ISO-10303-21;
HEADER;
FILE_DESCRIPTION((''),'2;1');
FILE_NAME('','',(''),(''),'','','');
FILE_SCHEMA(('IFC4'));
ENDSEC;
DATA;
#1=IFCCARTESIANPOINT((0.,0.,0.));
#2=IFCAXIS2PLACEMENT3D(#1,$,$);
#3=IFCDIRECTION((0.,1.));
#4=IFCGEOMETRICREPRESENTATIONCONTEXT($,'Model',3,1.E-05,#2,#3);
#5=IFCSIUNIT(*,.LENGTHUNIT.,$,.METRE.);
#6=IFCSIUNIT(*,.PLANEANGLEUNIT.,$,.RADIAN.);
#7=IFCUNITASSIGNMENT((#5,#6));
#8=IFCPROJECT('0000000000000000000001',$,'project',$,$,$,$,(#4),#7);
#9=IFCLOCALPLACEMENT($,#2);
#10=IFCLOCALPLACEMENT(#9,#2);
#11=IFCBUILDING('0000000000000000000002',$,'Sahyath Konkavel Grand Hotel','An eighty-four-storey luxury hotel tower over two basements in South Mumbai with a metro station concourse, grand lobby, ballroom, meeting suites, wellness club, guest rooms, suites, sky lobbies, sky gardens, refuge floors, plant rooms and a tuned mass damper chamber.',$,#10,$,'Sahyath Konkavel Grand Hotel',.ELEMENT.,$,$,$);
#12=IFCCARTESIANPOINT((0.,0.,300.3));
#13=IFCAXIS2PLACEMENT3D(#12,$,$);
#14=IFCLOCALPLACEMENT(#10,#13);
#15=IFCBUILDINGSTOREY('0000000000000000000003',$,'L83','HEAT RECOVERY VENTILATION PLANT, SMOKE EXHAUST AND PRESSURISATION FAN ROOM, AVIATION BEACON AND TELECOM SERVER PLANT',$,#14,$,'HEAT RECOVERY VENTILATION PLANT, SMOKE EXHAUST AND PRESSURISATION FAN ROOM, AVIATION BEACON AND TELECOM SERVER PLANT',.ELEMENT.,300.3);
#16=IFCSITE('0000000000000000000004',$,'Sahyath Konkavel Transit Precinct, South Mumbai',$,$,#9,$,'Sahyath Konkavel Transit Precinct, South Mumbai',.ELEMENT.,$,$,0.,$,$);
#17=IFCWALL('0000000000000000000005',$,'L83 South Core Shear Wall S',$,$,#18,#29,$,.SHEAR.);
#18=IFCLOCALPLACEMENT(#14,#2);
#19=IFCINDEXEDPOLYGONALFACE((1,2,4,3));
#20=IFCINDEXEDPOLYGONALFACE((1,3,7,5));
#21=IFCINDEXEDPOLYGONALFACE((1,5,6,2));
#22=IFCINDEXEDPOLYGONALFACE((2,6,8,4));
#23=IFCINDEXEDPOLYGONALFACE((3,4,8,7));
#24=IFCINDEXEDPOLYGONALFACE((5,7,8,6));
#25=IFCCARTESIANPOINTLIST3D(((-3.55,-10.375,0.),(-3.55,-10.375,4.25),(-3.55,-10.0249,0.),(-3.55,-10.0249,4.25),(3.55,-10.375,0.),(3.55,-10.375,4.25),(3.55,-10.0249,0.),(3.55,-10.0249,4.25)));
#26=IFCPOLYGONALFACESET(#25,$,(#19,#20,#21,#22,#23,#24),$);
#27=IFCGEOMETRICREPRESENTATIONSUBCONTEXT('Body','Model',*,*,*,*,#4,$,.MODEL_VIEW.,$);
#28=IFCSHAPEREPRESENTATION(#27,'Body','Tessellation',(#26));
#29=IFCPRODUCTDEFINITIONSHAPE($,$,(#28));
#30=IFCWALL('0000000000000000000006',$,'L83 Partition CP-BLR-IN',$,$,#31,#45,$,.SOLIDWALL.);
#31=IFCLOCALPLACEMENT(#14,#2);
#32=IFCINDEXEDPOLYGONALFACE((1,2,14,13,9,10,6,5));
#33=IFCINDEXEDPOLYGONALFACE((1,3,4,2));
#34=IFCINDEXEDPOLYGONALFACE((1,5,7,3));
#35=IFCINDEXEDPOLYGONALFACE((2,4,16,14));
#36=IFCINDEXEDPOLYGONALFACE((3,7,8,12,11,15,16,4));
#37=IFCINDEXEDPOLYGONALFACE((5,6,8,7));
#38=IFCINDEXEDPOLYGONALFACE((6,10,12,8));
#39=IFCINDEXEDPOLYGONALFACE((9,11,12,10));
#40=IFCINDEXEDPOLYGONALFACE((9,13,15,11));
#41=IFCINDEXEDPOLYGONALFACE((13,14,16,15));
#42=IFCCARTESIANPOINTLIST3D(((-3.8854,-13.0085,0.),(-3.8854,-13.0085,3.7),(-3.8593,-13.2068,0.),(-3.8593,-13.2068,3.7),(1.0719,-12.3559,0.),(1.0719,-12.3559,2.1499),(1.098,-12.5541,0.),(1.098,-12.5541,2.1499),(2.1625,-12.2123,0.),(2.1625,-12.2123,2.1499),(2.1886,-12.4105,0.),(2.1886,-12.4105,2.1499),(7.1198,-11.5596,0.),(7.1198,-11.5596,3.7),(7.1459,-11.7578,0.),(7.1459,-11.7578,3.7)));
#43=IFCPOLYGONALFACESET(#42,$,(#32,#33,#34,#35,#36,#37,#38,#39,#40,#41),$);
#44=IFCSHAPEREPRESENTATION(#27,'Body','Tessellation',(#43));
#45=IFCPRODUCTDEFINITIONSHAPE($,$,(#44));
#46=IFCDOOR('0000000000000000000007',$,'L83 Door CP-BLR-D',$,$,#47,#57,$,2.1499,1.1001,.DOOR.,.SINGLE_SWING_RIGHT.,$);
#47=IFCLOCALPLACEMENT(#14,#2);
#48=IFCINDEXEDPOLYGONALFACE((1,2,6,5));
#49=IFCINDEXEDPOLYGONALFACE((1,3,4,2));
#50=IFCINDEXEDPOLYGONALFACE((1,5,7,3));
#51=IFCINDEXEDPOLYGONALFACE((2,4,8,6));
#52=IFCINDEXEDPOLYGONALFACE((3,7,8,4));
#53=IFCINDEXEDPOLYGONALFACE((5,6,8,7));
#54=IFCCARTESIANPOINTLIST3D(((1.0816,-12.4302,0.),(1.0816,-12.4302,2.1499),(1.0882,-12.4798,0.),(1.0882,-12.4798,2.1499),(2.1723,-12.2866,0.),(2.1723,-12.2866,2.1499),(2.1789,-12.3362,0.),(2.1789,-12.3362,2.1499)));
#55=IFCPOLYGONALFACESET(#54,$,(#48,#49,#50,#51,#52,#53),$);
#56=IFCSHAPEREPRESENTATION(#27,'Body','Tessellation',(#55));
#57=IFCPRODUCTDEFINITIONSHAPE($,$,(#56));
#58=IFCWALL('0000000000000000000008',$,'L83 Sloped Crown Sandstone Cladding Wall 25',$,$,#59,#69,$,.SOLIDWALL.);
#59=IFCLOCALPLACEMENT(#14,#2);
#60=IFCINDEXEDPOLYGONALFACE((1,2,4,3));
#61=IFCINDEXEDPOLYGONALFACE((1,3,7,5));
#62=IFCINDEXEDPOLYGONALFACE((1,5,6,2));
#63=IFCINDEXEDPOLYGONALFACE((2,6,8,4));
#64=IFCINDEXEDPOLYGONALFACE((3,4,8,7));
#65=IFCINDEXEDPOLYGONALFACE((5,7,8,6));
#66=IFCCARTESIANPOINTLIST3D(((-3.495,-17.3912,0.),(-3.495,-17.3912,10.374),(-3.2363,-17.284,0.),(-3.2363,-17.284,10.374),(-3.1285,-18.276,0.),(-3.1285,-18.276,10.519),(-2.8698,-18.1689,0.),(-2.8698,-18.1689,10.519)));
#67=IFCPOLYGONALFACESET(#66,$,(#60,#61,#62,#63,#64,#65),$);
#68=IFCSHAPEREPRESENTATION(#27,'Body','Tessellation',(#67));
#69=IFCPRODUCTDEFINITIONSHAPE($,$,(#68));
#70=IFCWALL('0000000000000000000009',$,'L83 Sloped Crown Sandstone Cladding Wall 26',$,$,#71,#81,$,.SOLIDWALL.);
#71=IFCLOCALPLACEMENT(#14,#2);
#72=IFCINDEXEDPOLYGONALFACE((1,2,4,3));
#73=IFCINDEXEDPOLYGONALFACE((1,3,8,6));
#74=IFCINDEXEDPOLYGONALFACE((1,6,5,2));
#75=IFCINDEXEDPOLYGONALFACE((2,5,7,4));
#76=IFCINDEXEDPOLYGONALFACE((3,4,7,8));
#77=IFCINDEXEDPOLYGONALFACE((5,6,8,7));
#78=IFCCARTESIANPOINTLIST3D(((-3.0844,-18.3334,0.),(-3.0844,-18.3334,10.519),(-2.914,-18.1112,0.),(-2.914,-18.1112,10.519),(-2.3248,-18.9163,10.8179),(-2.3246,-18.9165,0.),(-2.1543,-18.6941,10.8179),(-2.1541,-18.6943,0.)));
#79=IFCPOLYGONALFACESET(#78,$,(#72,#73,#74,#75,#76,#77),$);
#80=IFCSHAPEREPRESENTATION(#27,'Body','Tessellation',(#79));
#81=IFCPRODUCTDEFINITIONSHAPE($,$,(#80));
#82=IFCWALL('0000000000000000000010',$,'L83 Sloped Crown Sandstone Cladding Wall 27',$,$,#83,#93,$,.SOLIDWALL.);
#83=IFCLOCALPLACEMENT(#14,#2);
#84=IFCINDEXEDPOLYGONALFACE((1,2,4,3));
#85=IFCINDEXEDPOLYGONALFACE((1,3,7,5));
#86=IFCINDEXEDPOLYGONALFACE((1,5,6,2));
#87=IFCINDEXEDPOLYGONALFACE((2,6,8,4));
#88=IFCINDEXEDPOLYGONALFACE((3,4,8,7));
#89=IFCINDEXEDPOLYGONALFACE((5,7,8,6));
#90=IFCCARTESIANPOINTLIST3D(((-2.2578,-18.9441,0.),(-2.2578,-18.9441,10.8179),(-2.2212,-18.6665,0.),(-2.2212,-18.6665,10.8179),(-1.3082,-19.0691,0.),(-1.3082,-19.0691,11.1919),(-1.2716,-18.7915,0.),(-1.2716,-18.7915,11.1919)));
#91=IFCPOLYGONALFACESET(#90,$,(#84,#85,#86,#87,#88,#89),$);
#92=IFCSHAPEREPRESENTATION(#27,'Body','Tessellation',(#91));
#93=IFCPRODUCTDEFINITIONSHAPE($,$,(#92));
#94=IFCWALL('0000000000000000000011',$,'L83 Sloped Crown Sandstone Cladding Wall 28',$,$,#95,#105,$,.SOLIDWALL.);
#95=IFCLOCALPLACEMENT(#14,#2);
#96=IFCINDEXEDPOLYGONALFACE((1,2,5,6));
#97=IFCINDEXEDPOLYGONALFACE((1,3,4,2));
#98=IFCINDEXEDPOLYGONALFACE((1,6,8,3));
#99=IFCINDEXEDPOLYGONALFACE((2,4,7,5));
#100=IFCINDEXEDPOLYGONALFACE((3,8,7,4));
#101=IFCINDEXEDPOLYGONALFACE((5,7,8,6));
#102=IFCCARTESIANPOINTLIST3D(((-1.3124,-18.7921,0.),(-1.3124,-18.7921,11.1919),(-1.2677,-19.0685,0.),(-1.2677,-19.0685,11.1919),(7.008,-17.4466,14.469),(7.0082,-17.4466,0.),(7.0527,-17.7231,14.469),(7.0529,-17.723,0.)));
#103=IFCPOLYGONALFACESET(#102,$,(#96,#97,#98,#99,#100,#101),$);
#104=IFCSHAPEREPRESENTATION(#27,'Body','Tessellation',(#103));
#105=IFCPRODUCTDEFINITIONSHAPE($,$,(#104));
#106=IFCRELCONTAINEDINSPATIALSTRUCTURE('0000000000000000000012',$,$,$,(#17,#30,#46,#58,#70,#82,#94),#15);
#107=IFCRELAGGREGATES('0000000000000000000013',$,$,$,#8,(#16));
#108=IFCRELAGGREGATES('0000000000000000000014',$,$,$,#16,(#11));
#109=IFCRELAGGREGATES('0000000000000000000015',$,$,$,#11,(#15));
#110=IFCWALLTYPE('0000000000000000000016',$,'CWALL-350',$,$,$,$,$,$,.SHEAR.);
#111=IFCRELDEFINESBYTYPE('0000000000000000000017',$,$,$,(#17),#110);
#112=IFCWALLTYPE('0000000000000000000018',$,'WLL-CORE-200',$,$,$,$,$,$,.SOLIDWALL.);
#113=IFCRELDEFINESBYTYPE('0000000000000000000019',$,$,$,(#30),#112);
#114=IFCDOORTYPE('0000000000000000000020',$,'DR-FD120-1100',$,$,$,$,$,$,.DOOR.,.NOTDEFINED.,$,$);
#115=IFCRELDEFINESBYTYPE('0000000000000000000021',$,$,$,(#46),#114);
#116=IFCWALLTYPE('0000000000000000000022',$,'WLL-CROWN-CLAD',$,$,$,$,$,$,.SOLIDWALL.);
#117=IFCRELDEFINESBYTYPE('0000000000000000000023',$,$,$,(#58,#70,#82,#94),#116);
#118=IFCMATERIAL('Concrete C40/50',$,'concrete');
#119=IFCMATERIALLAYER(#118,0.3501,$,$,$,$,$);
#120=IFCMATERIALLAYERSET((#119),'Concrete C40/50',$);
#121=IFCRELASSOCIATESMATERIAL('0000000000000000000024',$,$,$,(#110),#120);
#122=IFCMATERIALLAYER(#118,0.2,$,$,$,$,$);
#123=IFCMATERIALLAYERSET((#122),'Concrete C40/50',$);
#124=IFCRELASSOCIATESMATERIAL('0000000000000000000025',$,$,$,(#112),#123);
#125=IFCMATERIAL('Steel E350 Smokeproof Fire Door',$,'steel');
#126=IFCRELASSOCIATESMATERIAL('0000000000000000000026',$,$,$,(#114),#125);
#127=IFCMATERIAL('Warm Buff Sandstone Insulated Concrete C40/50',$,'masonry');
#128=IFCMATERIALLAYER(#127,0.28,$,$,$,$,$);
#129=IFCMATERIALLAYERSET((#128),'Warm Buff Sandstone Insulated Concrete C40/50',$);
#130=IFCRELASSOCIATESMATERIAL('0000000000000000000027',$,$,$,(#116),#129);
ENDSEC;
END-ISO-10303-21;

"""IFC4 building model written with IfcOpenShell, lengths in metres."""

from ifc_helpers import new_model, si_unit, direction, frame, frame_2d, origin, origin_2d, place, context, subcontext, project, spatial, polyline, rectangle, outline, extrude, source, transform, mapped, material, layer, layer_set, type_object, element, fill, save


model = new_model("IFC4")

# Units and contexts
model_context = context("Model", 3, precision=1e-05, world=origin(), true_north=direction((0.0, 1.0)))
body_context = subcontext(model_context, "Body", "Model", "MODEL_VIEW")
ifc_project = project(units=[si_unit("LENGTHUNIT", "METRE"), si_unit("PLANEANGLEUNIT", "RADIAN")], contexts=[model_context])

# Site, building, storey
site_placement = place(None, origin())
site = spatial("IfcSite", under=ifc_project, at=site_placement, Name="Sahyath Konkavel Transit Precinct, South Mumbai", LongName="Sahyath Konkavel Transit Precinct, South Mumbai", CompositionType="ELEMENT", RefElevation=0.0)
building_placement = place(site_placement, origin())
building = spatial("IfcBuilding", under=site, at=building_placement, Name="Sahyath Konkavel Grand Hotel", Description="An eighty-four-storey luxury hotel tower over two basements in South Mumbai with a metro station concourse, grand lobby, ballroom, meeting suites, wellness club, guest rooms, suites, sky lobbies, sky gardens, refuge floors, plant rooms and a tuned mass damper chamber.", LongName="Sahyath Konkavel Grand Hotel", CompositionType="ELEMENT")
storey_placement = place(building_placement, frame((0.0, 0.0, 300.3)))
storey = spatial("IfcBuildingStorey", under=building, at=storey_placement, Name="L83", Description="HEAT RECOVERY VENTILATION PLANT, SMOKE EXHAUST AND PRESSURISATION FAN ROOM, AVIATION BEACON AND TELECOM SERVER PLANT", LongName="HEAT RECOVERY VENTILATION PLANT, SMOKE EXHAUST AND PRESSURISATION FAN ROOM, AVIATION BEACON AND TELECOM SERVER PLANT", CompositionType="ELEMENT", Elevation=300.3)

# Shared definitions
ifc_material_1 = material(Name="Concrete C40/50", Category="concrete")

# Wall
ifc_layer_1 = layer(ifc_material_1, 0.3501)
ifc_layer_set_1 = layer_set([ifc_layer_1], Name="Concrete C40/50")
wall_type_1 = type_object("IfcWallType", Name="CWALL-350", PredefinedType="SHEAR", material=ifc_layer_set_1)
wall_1_placement = place(storey_placement, frame((-3.55, -10.2, 0.0), z_axis=(0.0, 0.0, 1.0), x_axis=(1.0, 0.0, 0.0)))
element("IfcWall", 1, at=wall_1_placement, inside=storey, type_object=wall_type_1, Name="L83 South Core Shear Wall S", PredefinedType="SHEAR", context=body_context, shape_type="SweptSolid", body=[
    extrude(rectangle(XDim=7.1001, YDim=0.3501, at=frame_2d((3.55, 0.0))), origin(), (0.0, 0.0, 1.0), 4.25),
])

# Wall, opening, door
ifc_layer_2 = layer(ifc_material_1, 0.2)
ifc_layer_set_2 = layer_set([ifc_layer_2], Name="Concrete C40/50")
wall_type_2 = type_object("IfcWallType", Name="WLL-CORE-200", PredefinedType="SOLIDWALL", material=ifc_layer_set_2)
wall_2_placement = place(storey_placement, frame((-3.8723, -13.1077, 0.0), z_axis=(0.0, 0.0, 1.0), x_axis=(0.991443, 0.130537, 0.0)))
wall_2 = element("IfcWall", 2, at=wall_2_placement, inside=storey, type_object=wall_type_2, Name="L83 Partition CP-BLR-IN", PredefinedType="SOLIDWALL", context=body_context, shape_type="SweptSolid", body=[
    extrude(rectangle(XDim=11.1001, YDim=0.2, at=frame_2d((5.55, 0.0))), origin(), (0.0, 0.0, 1.0), 3.7),
])
opening_placement = place(wall_2_placement, frame((5.0, 0.0, 0.0)))
opening = element("IfcOpeningElement", 3, at=opening_placement, cuts=wall_2, PredefinedType="OPENING", context=body_context, shape_type="SweptSolid", body=[
    extrude(rectangle(XDim=1.1001, YDim=2.1499, at=frame_2d((0.55, 1.075))), frame((0.0, 0.1099, 0.0), z_axis=(0.0, -1.0, 0.0), x_axis=(1.0, 0.0, 0.0)), (0.0, 0.0, 1.0), 0.22),
])
ifc_material_2 = material(Name="Steel E350 Smokeproof Fire Door", Category="steel")
door_type = type_object("IfcDoorType", Name="DR-FD120-1100", OperationType="NOTDEFINED", PredefinedType="DOOR", material=ifc_material_2)
shared_shape_1 = source(origin(), body_context, "Body", "SweptSolid", [
    extrude(rectangle(XDim=1.1001, YDim=0.05, at=origin_2d()), origin(), (0.0, 0.0, 1.0), 2.1499),
])
door_placement = place(opening_placement, frame((0.55, 0.0, 0.0)))
door = element("IfcDoor", 4, at=door_placement, inside=storey, type_object=door_type, Name="L83 Door CP-BLR-D", OperationType="SINGLE_SWING_RIGHT", OverallHeight=2.1499, OverallWidth=1.1001, PredefinedType="DOOR", context=body_context, shape_type="MappedRepresentation", body=[
    mapped(shared_shape_1, transform((0.0, 0.0, 0.0), scale=1.0)),
])
fill(opening, door)

# Walls
ifc_material_3 = material(Name="Warm Buff Sandstone Insulated Concrete C40/50", Category="masonry")
ifc_layer_3 = layer(ifc_material_3, 0.28)
ifc_layer_set_3 = layer_set([ifc_layer_3], Name="Warm Buff Sandstone Insulated Concrete C40/50")
wall_type_3 = type_object("IfcWallType", Name="WLL-CROWN-CLAD", PredefinedType="SOLIDWALL", material=ifc_layer_set_3)
wall_3_placement = place(storey_placement, frame((-3.3657, -17.3376, 0.0), z_axis=(0.0, 0.0, 1.0), x_axis=(0.38266, -0.923889, 0.0)))
element("IfcWall", 5, at=wall_3_placement, inside=storey, type_object=wall_type_3, Name="L83 Sloped Crown Sandstone Cladding Wall 25", PredefinedType="SOLIDWALL", context=body_context, shape_type="SweptSolid", body=[
    extrude(outline(polyline([(0.0, 0.0), (0.9578, 0.0), (0.9578, 10.519), (0.0, 10.374), (0.0, 0.0)])), frame((0.0, 0.1401, 0.0), z_axis=(0.0, -1.0, 0.0), x_axis=(1.0, 0.0, 0.0)), (0.0, 0.0, 1.0), 0.28),
])
wall_4_placement = place(storey_placement, frame((-2.9993, -18.2224, 0.0), z_axis=(0.0, 0.0, 1.0), x_axis=(0.793344, -0.608774, 0.0)))
element("IfcWall", 6, at=wall_4_placement, inside=storey, type_object=wall_type_3, Name="L83 Sloped Crown Sandstone Cladding Wall 26", PredefinedType="SOLIDWALL", context=body_context, shape_type="SweptSolid", body=[
    extrude(outline(polyline([(0.0, 0.0), (0.9578, 0.0), (0.9575, 10.8179), (0.0, 10.519), (0.0, 0.0)])), frame((0.0, 0.1401, 0.0), z_axis=(0.0, -1.0, 0.0), x_axis=(1.0, 0.0, 0.0)), (0.0, 0.0, 1.0), 0.28),
])
wall_5_placement = place(storey_placement, frame((-2.2395, -18.8054, 0.0), z_axis=(0.0, 0.0, 1.0), x_axis=(0.991445, -0.130527, 0.0)))
element("IfcWall", 7, at=wall_5_placement, inside=storey, type_object=wall_type_3, Name="L83 Sloped Crown Sandstone Cladding Wall 27", PredefinedType="SOLIDWALL", context=body_context, shape_type="SweptSolid", body=[
    extrude(outline(polyline([(0.0, 0.0), (0.9578, 0.0), (0.9578, 11.1919), (0.0, 10.8179), (0.0, 0.0)])), frame((0.0, 0.1401, 0.0), z_axis=(0.0, -1.0, 0.0), x_axis=(1.0, 0.0, 0.0)), (0.0, 0.0, 1.0), 0.28),
])
wall_6_placement = place(storey_placement, frame((-1.29, -18.9304, 0.0), z_axis=(0.0, 0.0, 1.0), x_axis=(0.987177, 0.159629, 0.0)))
element("IfcWall", 8, at=wall_6_placement, inside=storey, type_object=wall_type_3, Name="L83 Sloped Crown Sandstone Cladding Wall 28", PredefinedType="SOLIDWALL", context=body_context, shape_type="SweptSolid", body=[
    extrude(outline(polyline([(0.0, 0.0), (8.4287, 0.0), (8.4285, 14.469), (0.0, 11.1919), (0.0, 0.0)])), frame((0.0, 0.1401, 0.0), z_axis=(0.0, -1.0, 0.0), x_axis=(1.0, 0.0, 0.0)), (0.0, 0.0, 1.0), 0.28),
])

save(model, "model.ifc")
